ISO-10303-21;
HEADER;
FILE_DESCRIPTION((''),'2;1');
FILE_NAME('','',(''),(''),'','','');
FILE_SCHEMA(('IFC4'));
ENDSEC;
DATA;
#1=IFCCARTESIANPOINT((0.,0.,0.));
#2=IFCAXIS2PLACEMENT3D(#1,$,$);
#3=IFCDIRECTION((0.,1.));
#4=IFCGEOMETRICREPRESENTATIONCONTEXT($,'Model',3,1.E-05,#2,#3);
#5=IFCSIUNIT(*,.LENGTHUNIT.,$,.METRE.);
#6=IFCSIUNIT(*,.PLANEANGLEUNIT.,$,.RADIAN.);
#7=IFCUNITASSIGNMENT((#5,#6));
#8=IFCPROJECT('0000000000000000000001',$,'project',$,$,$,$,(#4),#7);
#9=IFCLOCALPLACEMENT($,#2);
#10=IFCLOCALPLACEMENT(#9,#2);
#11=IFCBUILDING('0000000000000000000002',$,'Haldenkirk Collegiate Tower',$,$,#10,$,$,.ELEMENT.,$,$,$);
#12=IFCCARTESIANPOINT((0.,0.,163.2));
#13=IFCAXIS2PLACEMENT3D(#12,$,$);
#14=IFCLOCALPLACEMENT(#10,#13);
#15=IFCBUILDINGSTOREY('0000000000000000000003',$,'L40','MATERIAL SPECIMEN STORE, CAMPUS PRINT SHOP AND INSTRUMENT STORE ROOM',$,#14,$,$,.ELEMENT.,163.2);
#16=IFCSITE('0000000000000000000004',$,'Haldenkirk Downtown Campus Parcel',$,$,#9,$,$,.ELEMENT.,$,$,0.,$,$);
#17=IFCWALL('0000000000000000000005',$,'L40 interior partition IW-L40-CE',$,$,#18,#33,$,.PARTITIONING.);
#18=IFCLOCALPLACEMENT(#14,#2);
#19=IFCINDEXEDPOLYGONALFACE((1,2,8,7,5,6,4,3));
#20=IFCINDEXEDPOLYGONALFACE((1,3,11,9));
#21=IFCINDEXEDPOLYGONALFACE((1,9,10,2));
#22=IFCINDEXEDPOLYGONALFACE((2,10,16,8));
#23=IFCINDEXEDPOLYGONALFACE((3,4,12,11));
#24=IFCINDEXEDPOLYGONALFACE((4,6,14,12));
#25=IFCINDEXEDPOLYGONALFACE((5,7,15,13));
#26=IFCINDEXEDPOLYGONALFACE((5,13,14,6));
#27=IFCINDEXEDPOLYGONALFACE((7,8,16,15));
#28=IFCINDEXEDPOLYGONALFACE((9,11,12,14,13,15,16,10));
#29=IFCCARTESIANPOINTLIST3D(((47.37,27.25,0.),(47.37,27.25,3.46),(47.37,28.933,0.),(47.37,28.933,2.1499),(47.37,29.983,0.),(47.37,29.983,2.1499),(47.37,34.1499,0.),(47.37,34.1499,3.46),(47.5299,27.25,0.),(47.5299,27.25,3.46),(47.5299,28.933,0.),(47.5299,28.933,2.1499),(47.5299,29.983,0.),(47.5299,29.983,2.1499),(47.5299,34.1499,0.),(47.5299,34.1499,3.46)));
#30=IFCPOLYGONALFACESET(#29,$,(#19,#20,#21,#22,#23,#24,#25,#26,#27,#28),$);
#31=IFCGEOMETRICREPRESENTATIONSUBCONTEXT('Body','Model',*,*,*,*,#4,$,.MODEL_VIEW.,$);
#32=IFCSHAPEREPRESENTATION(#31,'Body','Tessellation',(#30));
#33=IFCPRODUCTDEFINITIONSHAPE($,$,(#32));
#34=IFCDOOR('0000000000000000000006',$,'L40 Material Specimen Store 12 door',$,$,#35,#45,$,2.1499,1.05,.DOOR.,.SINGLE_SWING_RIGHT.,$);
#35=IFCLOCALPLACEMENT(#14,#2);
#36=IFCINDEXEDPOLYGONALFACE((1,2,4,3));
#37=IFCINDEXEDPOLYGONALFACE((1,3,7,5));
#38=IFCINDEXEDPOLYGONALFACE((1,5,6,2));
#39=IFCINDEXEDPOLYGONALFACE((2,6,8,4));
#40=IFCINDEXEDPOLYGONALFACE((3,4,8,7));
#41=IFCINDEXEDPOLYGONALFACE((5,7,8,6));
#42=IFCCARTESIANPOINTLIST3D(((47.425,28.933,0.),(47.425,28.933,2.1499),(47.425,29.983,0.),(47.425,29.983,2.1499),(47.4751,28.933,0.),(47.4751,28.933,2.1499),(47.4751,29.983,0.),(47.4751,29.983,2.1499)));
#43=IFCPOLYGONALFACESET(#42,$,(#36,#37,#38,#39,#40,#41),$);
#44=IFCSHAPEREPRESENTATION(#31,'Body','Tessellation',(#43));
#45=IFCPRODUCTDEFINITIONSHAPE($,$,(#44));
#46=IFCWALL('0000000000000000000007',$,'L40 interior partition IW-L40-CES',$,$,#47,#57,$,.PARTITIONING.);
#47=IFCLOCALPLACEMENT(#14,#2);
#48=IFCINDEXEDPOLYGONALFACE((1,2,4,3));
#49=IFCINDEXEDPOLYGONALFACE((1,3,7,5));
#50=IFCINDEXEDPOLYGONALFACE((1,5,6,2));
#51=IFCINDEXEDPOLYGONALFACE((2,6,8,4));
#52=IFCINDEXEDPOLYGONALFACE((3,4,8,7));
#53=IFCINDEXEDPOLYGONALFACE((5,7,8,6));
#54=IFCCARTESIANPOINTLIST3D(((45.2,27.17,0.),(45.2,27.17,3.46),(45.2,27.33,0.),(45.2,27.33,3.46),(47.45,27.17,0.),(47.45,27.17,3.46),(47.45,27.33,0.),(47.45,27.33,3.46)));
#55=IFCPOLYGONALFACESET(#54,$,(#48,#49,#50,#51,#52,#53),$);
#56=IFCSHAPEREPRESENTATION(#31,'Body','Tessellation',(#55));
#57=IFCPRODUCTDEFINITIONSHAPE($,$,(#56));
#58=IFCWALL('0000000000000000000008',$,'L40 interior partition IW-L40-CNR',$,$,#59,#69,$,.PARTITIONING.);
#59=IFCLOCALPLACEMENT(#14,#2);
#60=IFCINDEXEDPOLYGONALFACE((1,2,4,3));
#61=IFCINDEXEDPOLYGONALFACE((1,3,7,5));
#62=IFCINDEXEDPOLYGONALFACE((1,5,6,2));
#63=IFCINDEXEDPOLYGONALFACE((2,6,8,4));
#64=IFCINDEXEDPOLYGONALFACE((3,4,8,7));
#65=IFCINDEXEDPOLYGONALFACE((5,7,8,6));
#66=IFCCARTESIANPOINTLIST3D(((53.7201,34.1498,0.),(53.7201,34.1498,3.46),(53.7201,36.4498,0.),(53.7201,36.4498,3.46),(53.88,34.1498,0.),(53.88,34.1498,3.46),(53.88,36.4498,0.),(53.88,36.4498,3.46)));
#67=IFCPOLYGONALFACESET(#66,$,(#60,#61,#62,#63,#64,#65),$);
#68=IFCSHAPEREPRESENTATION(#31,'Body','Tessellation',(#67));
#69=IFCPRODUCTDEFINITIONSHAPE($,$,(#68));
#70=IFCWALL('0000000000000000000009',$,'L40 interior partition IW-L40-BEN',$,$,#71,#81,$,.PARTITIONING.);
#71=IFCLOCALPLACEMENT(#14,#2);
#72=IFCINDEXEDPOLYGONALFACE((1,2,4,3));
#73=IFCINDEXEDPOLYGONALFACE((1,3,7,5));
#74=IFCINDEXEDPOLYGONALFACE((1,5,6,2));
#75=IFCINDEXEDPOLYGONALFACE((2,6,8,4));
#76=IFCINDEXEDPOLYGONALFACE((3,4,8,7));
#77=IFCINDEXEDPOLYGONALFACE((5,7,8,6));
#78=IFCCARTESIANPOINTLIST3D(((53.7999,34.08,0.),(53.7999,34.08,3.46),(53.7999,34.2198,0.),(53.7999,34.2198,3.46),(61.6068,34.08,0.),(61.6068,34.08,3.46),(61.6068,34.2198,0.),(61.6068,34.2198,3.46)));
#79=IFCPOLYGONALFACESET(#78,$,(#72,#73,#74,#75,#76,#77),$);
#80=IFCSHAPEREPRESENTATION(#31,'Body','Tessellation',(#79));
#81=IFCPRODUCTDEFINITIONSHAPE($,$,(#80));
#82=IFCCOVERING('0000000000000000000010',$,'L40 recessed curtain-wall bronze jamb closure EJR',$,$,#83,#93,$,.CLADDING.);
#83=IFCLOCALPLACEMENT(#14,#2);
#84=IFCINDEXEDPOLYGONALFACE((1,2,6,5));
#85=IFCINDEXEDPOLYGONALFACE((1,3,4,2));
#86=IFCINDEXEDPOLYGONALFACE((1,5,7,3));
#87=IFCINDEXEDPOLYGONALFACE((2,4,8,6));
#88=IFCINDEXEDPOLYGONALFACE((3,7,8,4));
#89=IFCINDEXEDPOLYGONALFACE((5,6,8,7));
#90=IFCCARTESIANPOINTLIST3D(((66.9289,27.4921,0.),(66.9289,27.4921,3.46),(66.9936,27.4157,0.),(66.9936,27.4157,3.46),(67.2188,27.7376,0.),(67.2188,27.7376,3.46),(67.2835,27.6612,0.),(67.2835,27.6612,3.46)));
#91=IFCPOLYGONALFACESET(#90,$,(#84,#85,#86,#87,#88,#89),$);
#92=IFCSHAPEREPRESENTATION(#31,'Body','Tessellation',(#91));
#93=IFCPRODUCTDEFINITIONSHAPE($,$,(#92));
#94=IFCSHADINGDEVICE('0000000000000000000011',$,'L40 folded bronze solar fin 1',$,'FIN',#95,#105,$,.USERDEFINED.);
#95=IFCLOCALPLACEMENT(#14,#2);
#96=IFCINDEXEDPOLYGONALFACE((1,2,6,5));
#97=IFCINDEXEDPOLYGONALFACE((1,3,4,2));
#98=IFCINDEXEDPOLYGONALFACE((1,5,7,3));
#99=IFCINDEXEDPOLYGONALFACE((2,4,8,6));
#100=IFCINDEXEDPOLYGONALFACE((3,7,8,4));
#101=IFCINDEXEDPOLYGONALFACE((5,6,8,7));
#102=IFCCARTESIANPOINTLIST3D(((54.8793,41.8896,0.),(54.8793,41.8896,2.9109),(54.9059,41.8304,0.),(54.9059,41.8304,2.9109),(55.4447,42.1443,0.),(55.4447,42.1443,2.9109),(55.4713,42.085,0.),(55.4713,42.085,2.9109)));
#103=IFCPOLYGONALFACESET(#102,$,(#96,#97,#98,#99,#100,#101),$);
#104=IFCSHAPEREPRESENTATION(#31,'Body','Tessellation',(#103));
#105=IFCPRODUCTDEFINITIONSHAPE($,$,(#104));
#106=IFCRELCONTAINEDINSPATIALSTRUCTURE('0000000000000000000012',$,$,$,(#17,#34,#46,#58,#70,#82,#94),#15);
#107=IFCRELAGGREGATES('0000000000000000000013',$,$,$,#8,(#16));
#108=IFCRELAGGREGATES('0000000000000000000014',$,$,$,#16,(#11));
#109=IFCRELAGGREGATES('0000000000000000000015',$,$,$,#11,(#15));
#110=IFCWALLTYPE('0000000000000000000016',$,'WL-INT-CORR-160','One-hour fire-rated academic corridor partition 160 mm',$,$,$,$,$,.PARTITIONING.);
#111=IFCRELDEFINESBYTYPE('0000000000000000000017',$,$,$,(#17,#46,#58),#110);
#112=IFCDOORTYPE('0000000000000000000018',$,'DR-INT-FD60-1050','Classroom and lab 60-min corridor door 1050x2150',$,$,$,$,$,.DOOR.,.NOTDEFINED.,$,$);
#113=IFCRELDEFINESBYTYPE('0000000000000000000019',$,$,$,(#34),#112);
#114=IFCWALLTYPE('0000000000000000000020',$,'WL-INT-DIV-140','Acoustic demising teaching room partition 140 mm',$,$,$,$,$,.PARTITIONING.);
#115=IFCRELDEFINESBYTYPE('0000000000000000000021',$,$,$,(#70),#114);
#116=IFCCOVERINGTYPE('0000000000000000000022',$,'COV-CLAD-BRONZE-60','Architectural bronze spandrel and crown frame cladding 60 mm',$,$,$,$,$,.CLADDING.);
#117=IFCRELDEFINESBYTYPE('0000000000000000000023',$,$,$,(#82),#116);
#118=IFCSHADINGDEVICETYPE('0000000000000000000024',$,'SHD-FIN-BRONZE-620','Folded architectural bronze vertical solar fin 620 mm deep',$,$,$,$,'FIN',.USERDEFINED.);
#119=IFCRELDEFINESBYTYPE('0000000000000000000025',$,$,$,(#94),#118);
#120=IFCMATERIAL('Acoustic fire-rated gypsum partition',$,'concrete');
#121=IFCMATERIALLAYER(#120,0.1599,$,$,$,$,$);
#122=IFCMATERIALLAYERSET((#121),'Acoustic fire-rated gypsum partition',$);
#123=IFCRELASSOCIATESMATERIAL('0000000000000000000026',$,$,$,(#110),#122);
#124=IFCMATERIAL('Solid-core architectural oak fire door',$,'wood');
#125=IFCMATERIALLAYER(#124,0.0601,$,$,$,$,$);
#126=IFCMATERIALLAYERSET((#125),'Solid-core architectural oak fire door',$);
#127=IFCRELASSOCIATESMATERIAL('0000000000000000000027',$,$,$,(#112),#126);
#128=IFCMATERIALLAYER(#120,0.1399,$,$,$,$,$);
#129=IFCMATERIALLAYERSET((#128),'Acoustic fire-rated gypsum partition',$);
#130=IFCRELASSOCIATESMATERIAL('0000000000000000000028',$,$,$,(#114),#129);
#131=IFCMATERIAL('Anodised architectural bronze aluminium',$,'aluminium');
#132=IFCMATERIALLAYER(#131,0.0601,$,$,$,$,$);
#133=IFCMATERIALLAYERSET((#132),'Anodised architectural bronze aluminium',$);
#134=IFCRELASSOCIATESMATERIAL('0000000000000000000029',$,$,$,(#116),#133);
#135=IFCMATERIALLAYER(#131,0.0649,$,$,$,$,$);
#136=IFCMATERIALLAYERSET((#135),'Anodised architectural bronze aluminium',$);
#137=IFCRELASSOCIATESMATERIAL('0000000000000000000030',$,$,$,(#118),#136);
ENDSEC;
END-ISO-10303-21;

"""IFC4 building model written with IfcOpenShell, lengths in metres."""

from ifc_helpers import new_model, si_unit, direction, frame, frame_2d, origin, origin_2d, place, context, subcontext, project, spatial, rectangle, extrude, source, transform, mapped, material, layer, layer_set, type_object, element, fill, save


model = new_model("IFC4")

# Units and contexts
model_context = context("Model", 3, precision=1e-05, world=origin(), true_north=direction((0.0, 1.0)))
body_context = subcontext(model_context, "Body", "Model", "MODEL_VIEW")
ifc_project = project(units=[si_unit("LENGTHUNIT", "METRE"), si_unit("PLANEANGLEUNIT", "RADIAN")], contexts=[model_context])

# Site, building, storey
site_placement = place(None, origin())
site = spatial("IfcSite", under=ifc_project, at=site_placement, Name="Haldenkirk Downtown Campus Parcel", CompositionType="ELEMENT", RefElevation=0.0)
building_placement = place(site_placement, origin())
building = spatial("IfcBuilding", under=site, at=building_placement, Name="Haldenkirk Collegiate Tower", CompositionType="ELEMENT")
storey_placement = place(building_placement, frame((0.0, 0.0, 163.2)))
storey = spatial("IfcBuildingStorey", under=building, at=storey_placement, Name="L40", Description="MATERIAL SPECIMEN STORE, CAMPUS PRINT SHOP AND INSTRUMENT STORE ROOM", CompositionType="ELEMENT", Elevation=163.2)

# Shared definitions
ifc_material_1 = material(Name="Anodised architectural bronze aluminium", Category="aluminium")

# Shared definitions
ifc_material_2 = material(Name="Acoustic fire-rated gypsum partition", Category="concrete")
ifc_layer_1 = layer(ifc_material_2, 0.1599)
ifc_layer_set_1 = layer_set([ifc_layer_1], Name="Acoustic fire-rated gypsum partition")
wall_type_1 = type_object("IfcWallType", Name="WL-INT-CORR-160", Description="One-hour fire-rated academic corridor partition 160 mm", PredefinedType="PARTITIONING", material=ifc_layer_set_1)

# Wall, opening, door
wall_1_placement = place(storey_placement, frame((47.45, 27.25, 0.0), z_axis=(0.0, 0.0, 1.0), x_axis=(0.0, 1.0, 0.0)))
wall_1 = element("IfcWall", 1, at=wall_1_placement, inside=storey, type_object=wall_type_1, Name="L40 interior partition IW-L40-CE", PredefinedType="PARTITIONING", context=body_context, shape_type="SweptSolid", body=[
    extrude(rectangle(XDim=6.8999, YDim=0.1599, at=frame_2d((3.45, 0.0))), origin(), (0.0, 0.0, 1.0), 3.46),
])
opening_placement = place(wall_1_placement, frame((1.6831, 0.0, 0.0)))
opening = element("IfcOpeningElement", 2, at=opening_placement, cuts=wall_1, PredefinedType="OPENING", context=body_context, shape_type="SweptSolid", body=[
    extrude(rectangle(XDim=1.05, YDim=2.1499, at=frame_2d((0.5249, 1.075))), frame((0.0, 0.0898, 0.0), z_axis=(0.0, -1.0, 0.0), x_axis=(1.0, 0.0, 0.0)), (0.0, 0.0, 1.0), 0.1799),
])
ifc_material_3 = material(Name="Solid-core architectural oak fire door", Category="wood")
ifc_layer_2 = layer(ifc_material_3, 0.0601)
ifc_layer_set_2 = layer_set([ifc_layer_2], Name="Solid-core architectural oak fire door")
door_type = type_object("IfcDoorType", Name="DR-INT-FD60-1050", Description="Classroom and lab 60-min corridor door 1050x2150", OperationType="NOTDEFINED", PredefinedType="DOOR", material=ifc_layer_set_2)
door_placement = place(opening_placement, origin())
door = element("IfcDoor", 3, at=door_placement, inside=storey, type_object=door_type, Name="L40 Material Specimen Store 12 door", OperationType="SINGLE_SWING_RIGHT", OverallHeight=2.1499, OverallWidth=1.05, PredefinedType="DOOR", context=body_context, shape_type="SweptSolid", body=[
    extrude(rectangle(XDim=1.05, YDim=2.1499, at=frame_2d((0.5249, 1.075))), frame((0.0, 0.0249, 0.0), z_axis=(0.0, -1.0, 0.0), x_axis=(1.0, 0.0, 0.0)), (0.0, 0.0, 1.0), 0.05),
])
fill(opening, door)

# Walls
wall_2_placement = place(storey_placement, frame((45.2, 27.25, 0.0), z_axis=(0.0, 0.0, 1.0), x_axis=(1.0, 0.0, 0.0)))
element("IfcWall", 4, at=wall_2_placement, inside=storey, type_object=wall_type_1, Name="L40 interior partition IW-L40-CES", PredefinedType="PARTITIONING", context=body_context, shape_type="SweptSolid", body=[
    extrude(rectangle(XDim=2.25, YDim=0.1599, at=frame_2d((1.125, 0.0))), origin(), (0.0, 0.0, 1.0), 3.46),
])
wall_3_placement = place(storey_placement, frame((53.8, 34.1499, 0.0), z_axis=(0.0, 0.0, 1.0), x_axis=(0.0, 1.0, 0.0)))
element("IfcWall", 5, at=wall_3_placement, inside=storey, type_object=wall_type_1, Name="L40 interior partition IW-L40-CNR", PredefinedType="PARTITIONING", context=body_context, shape_type="SweptSolid", body=[
    extrude(rectangle(XDim=2.3, YDim=0.1599, at=frame_2d((1.1499, 0.0))), origin(), (0.0, 0.0, 1.0), 3.46),
])
ifc_layer_3 = layer(ifc_material_2, 0.1399)
ifc_layer_set_3 = layer_set([ifc_layer_3], Name="Acoustic fire-rated gypsum partition")
wall_type_2 = type_object("IfcWallType", Name="WL-INT-DIV-140", Description="Acoustic demising teaching room partition 140 mm", PredefinedType="PARTITIONING", material=ifc_layer_set_3)
wall_4_placement = place(storey_placement, frame((53.8, 34.1499, 0.0), z_axis=(0.0, 0.0, 1.0), x_axis=(1.0, 0.0, 0.0)))
element("IfcWall", 6, at=wall_4_placement, inside=storey, type_object=wall_type_2, Name="L40 interior partition IW-L40-BEN", PredefinedType="PARTITIONING", context=body_context, shape_type="SweptSolid", body=[
    extrude(rectangle(XDim=7.8069, YDim=0.1399, at=frame_2d((3.9033, 0.0))), origin(), (0.0, 0.0, 1.0), 3.46),
])

# Covering
ifc_layer_4 = layer(ifc_material_1, 0.0601)
ifc_layer_set_4 = layer_set([ifc_layer_4], Name="Anodised architectural bronze aluminium")
covering_type = type_object("IfcCoveringType", Name="COV-CLAD-BRONZE-60", Description="Architectural bronze spandrel and crown frame cladding 60 mm", PredefinedType="CLADDING", material=ifc_layer_set_4)
shared_shape_1 = source(origin(), body_context, "Body", "SweptSolid", [
    extrude(rectangle(XDim=0.1001, YDim=0.3799, at=origin_2d()), origin(), (0.0, 0.0, 1.0), 3.46),
])
covering_placement = place(storey_placement, frame((67.1062, 27.5767, 0.0), z_axis=(0.0, 0.0, 1.0), x_axis=(0.646124, -0.763232, 0.0)))
element("IfcCovering", 7, at=covering_placement, inside=storey, type_object=covering_type, Name="L40 recessed curtain-wall bronze jamb closure EJR", PredefinedType="CLADDING", context=body_context, shape_type="MappedRepresentation", body=[
    mapped(shared_shape_1, transform((0.0, 0.0, 0.0), x_axis=(1.0, 0.0, 0.0), y_axis=(0.0, 1.0, 0.0), z_axis=(0.0, 0.0, 1.0), scale=1.0)),
])

# Shading device
ifc_layer_5 = layer(ifc_material_1, 0.0649)
ifc_layer_set_5 = layer_set([ifc_layer_5], Name="Anodised architectural bronze aluminium")
shading_device_type = type_object("IfcShadingDeviceType", Name="SHD-FIN-BRONZE-620", Description="Folded architectural bronze vertical solar fin 620 mm deep", ElementType="FIN", PredefinedType="USERDEFINED", material=ifc_layer_set_5)
shared_shape_2 = source(origin(), body_context, "Body", "SweptSolid", [
    extrude(rectangle(XDim=0.6201, YDim=0.0649, at=origin_2d()), origin(), (0.0, 0.0, 1.0), 2.9109),
])
shading_device_placement = place(storey_placement, frame((55.1753, 41.9873, 0.0), z_axis=(0.0, 0.0, 1.0), x_axis=(0.911762, 0.410719, 0.0)))
element("IfcShadingDevice", 8, at=shading_device_placement, inside=storey, type_object=shading_device_type, Name="L40 folded bronze solar fin 1", ObjectType="FIN", PredefinedType="USERDEFINED", context=body_context, shape_type="MappedRepresentation", body=[
    mapped(shared_shape_2, transform((0.0, 0.0, 0.0), x_axis=(1.0, 0.0, 0.0), y_axis=(0.0, 1.0, 0.0), z_axis=(0.0, 0.0, 1.0), scale=1.0)),
])

save(model, "model.ifc")
